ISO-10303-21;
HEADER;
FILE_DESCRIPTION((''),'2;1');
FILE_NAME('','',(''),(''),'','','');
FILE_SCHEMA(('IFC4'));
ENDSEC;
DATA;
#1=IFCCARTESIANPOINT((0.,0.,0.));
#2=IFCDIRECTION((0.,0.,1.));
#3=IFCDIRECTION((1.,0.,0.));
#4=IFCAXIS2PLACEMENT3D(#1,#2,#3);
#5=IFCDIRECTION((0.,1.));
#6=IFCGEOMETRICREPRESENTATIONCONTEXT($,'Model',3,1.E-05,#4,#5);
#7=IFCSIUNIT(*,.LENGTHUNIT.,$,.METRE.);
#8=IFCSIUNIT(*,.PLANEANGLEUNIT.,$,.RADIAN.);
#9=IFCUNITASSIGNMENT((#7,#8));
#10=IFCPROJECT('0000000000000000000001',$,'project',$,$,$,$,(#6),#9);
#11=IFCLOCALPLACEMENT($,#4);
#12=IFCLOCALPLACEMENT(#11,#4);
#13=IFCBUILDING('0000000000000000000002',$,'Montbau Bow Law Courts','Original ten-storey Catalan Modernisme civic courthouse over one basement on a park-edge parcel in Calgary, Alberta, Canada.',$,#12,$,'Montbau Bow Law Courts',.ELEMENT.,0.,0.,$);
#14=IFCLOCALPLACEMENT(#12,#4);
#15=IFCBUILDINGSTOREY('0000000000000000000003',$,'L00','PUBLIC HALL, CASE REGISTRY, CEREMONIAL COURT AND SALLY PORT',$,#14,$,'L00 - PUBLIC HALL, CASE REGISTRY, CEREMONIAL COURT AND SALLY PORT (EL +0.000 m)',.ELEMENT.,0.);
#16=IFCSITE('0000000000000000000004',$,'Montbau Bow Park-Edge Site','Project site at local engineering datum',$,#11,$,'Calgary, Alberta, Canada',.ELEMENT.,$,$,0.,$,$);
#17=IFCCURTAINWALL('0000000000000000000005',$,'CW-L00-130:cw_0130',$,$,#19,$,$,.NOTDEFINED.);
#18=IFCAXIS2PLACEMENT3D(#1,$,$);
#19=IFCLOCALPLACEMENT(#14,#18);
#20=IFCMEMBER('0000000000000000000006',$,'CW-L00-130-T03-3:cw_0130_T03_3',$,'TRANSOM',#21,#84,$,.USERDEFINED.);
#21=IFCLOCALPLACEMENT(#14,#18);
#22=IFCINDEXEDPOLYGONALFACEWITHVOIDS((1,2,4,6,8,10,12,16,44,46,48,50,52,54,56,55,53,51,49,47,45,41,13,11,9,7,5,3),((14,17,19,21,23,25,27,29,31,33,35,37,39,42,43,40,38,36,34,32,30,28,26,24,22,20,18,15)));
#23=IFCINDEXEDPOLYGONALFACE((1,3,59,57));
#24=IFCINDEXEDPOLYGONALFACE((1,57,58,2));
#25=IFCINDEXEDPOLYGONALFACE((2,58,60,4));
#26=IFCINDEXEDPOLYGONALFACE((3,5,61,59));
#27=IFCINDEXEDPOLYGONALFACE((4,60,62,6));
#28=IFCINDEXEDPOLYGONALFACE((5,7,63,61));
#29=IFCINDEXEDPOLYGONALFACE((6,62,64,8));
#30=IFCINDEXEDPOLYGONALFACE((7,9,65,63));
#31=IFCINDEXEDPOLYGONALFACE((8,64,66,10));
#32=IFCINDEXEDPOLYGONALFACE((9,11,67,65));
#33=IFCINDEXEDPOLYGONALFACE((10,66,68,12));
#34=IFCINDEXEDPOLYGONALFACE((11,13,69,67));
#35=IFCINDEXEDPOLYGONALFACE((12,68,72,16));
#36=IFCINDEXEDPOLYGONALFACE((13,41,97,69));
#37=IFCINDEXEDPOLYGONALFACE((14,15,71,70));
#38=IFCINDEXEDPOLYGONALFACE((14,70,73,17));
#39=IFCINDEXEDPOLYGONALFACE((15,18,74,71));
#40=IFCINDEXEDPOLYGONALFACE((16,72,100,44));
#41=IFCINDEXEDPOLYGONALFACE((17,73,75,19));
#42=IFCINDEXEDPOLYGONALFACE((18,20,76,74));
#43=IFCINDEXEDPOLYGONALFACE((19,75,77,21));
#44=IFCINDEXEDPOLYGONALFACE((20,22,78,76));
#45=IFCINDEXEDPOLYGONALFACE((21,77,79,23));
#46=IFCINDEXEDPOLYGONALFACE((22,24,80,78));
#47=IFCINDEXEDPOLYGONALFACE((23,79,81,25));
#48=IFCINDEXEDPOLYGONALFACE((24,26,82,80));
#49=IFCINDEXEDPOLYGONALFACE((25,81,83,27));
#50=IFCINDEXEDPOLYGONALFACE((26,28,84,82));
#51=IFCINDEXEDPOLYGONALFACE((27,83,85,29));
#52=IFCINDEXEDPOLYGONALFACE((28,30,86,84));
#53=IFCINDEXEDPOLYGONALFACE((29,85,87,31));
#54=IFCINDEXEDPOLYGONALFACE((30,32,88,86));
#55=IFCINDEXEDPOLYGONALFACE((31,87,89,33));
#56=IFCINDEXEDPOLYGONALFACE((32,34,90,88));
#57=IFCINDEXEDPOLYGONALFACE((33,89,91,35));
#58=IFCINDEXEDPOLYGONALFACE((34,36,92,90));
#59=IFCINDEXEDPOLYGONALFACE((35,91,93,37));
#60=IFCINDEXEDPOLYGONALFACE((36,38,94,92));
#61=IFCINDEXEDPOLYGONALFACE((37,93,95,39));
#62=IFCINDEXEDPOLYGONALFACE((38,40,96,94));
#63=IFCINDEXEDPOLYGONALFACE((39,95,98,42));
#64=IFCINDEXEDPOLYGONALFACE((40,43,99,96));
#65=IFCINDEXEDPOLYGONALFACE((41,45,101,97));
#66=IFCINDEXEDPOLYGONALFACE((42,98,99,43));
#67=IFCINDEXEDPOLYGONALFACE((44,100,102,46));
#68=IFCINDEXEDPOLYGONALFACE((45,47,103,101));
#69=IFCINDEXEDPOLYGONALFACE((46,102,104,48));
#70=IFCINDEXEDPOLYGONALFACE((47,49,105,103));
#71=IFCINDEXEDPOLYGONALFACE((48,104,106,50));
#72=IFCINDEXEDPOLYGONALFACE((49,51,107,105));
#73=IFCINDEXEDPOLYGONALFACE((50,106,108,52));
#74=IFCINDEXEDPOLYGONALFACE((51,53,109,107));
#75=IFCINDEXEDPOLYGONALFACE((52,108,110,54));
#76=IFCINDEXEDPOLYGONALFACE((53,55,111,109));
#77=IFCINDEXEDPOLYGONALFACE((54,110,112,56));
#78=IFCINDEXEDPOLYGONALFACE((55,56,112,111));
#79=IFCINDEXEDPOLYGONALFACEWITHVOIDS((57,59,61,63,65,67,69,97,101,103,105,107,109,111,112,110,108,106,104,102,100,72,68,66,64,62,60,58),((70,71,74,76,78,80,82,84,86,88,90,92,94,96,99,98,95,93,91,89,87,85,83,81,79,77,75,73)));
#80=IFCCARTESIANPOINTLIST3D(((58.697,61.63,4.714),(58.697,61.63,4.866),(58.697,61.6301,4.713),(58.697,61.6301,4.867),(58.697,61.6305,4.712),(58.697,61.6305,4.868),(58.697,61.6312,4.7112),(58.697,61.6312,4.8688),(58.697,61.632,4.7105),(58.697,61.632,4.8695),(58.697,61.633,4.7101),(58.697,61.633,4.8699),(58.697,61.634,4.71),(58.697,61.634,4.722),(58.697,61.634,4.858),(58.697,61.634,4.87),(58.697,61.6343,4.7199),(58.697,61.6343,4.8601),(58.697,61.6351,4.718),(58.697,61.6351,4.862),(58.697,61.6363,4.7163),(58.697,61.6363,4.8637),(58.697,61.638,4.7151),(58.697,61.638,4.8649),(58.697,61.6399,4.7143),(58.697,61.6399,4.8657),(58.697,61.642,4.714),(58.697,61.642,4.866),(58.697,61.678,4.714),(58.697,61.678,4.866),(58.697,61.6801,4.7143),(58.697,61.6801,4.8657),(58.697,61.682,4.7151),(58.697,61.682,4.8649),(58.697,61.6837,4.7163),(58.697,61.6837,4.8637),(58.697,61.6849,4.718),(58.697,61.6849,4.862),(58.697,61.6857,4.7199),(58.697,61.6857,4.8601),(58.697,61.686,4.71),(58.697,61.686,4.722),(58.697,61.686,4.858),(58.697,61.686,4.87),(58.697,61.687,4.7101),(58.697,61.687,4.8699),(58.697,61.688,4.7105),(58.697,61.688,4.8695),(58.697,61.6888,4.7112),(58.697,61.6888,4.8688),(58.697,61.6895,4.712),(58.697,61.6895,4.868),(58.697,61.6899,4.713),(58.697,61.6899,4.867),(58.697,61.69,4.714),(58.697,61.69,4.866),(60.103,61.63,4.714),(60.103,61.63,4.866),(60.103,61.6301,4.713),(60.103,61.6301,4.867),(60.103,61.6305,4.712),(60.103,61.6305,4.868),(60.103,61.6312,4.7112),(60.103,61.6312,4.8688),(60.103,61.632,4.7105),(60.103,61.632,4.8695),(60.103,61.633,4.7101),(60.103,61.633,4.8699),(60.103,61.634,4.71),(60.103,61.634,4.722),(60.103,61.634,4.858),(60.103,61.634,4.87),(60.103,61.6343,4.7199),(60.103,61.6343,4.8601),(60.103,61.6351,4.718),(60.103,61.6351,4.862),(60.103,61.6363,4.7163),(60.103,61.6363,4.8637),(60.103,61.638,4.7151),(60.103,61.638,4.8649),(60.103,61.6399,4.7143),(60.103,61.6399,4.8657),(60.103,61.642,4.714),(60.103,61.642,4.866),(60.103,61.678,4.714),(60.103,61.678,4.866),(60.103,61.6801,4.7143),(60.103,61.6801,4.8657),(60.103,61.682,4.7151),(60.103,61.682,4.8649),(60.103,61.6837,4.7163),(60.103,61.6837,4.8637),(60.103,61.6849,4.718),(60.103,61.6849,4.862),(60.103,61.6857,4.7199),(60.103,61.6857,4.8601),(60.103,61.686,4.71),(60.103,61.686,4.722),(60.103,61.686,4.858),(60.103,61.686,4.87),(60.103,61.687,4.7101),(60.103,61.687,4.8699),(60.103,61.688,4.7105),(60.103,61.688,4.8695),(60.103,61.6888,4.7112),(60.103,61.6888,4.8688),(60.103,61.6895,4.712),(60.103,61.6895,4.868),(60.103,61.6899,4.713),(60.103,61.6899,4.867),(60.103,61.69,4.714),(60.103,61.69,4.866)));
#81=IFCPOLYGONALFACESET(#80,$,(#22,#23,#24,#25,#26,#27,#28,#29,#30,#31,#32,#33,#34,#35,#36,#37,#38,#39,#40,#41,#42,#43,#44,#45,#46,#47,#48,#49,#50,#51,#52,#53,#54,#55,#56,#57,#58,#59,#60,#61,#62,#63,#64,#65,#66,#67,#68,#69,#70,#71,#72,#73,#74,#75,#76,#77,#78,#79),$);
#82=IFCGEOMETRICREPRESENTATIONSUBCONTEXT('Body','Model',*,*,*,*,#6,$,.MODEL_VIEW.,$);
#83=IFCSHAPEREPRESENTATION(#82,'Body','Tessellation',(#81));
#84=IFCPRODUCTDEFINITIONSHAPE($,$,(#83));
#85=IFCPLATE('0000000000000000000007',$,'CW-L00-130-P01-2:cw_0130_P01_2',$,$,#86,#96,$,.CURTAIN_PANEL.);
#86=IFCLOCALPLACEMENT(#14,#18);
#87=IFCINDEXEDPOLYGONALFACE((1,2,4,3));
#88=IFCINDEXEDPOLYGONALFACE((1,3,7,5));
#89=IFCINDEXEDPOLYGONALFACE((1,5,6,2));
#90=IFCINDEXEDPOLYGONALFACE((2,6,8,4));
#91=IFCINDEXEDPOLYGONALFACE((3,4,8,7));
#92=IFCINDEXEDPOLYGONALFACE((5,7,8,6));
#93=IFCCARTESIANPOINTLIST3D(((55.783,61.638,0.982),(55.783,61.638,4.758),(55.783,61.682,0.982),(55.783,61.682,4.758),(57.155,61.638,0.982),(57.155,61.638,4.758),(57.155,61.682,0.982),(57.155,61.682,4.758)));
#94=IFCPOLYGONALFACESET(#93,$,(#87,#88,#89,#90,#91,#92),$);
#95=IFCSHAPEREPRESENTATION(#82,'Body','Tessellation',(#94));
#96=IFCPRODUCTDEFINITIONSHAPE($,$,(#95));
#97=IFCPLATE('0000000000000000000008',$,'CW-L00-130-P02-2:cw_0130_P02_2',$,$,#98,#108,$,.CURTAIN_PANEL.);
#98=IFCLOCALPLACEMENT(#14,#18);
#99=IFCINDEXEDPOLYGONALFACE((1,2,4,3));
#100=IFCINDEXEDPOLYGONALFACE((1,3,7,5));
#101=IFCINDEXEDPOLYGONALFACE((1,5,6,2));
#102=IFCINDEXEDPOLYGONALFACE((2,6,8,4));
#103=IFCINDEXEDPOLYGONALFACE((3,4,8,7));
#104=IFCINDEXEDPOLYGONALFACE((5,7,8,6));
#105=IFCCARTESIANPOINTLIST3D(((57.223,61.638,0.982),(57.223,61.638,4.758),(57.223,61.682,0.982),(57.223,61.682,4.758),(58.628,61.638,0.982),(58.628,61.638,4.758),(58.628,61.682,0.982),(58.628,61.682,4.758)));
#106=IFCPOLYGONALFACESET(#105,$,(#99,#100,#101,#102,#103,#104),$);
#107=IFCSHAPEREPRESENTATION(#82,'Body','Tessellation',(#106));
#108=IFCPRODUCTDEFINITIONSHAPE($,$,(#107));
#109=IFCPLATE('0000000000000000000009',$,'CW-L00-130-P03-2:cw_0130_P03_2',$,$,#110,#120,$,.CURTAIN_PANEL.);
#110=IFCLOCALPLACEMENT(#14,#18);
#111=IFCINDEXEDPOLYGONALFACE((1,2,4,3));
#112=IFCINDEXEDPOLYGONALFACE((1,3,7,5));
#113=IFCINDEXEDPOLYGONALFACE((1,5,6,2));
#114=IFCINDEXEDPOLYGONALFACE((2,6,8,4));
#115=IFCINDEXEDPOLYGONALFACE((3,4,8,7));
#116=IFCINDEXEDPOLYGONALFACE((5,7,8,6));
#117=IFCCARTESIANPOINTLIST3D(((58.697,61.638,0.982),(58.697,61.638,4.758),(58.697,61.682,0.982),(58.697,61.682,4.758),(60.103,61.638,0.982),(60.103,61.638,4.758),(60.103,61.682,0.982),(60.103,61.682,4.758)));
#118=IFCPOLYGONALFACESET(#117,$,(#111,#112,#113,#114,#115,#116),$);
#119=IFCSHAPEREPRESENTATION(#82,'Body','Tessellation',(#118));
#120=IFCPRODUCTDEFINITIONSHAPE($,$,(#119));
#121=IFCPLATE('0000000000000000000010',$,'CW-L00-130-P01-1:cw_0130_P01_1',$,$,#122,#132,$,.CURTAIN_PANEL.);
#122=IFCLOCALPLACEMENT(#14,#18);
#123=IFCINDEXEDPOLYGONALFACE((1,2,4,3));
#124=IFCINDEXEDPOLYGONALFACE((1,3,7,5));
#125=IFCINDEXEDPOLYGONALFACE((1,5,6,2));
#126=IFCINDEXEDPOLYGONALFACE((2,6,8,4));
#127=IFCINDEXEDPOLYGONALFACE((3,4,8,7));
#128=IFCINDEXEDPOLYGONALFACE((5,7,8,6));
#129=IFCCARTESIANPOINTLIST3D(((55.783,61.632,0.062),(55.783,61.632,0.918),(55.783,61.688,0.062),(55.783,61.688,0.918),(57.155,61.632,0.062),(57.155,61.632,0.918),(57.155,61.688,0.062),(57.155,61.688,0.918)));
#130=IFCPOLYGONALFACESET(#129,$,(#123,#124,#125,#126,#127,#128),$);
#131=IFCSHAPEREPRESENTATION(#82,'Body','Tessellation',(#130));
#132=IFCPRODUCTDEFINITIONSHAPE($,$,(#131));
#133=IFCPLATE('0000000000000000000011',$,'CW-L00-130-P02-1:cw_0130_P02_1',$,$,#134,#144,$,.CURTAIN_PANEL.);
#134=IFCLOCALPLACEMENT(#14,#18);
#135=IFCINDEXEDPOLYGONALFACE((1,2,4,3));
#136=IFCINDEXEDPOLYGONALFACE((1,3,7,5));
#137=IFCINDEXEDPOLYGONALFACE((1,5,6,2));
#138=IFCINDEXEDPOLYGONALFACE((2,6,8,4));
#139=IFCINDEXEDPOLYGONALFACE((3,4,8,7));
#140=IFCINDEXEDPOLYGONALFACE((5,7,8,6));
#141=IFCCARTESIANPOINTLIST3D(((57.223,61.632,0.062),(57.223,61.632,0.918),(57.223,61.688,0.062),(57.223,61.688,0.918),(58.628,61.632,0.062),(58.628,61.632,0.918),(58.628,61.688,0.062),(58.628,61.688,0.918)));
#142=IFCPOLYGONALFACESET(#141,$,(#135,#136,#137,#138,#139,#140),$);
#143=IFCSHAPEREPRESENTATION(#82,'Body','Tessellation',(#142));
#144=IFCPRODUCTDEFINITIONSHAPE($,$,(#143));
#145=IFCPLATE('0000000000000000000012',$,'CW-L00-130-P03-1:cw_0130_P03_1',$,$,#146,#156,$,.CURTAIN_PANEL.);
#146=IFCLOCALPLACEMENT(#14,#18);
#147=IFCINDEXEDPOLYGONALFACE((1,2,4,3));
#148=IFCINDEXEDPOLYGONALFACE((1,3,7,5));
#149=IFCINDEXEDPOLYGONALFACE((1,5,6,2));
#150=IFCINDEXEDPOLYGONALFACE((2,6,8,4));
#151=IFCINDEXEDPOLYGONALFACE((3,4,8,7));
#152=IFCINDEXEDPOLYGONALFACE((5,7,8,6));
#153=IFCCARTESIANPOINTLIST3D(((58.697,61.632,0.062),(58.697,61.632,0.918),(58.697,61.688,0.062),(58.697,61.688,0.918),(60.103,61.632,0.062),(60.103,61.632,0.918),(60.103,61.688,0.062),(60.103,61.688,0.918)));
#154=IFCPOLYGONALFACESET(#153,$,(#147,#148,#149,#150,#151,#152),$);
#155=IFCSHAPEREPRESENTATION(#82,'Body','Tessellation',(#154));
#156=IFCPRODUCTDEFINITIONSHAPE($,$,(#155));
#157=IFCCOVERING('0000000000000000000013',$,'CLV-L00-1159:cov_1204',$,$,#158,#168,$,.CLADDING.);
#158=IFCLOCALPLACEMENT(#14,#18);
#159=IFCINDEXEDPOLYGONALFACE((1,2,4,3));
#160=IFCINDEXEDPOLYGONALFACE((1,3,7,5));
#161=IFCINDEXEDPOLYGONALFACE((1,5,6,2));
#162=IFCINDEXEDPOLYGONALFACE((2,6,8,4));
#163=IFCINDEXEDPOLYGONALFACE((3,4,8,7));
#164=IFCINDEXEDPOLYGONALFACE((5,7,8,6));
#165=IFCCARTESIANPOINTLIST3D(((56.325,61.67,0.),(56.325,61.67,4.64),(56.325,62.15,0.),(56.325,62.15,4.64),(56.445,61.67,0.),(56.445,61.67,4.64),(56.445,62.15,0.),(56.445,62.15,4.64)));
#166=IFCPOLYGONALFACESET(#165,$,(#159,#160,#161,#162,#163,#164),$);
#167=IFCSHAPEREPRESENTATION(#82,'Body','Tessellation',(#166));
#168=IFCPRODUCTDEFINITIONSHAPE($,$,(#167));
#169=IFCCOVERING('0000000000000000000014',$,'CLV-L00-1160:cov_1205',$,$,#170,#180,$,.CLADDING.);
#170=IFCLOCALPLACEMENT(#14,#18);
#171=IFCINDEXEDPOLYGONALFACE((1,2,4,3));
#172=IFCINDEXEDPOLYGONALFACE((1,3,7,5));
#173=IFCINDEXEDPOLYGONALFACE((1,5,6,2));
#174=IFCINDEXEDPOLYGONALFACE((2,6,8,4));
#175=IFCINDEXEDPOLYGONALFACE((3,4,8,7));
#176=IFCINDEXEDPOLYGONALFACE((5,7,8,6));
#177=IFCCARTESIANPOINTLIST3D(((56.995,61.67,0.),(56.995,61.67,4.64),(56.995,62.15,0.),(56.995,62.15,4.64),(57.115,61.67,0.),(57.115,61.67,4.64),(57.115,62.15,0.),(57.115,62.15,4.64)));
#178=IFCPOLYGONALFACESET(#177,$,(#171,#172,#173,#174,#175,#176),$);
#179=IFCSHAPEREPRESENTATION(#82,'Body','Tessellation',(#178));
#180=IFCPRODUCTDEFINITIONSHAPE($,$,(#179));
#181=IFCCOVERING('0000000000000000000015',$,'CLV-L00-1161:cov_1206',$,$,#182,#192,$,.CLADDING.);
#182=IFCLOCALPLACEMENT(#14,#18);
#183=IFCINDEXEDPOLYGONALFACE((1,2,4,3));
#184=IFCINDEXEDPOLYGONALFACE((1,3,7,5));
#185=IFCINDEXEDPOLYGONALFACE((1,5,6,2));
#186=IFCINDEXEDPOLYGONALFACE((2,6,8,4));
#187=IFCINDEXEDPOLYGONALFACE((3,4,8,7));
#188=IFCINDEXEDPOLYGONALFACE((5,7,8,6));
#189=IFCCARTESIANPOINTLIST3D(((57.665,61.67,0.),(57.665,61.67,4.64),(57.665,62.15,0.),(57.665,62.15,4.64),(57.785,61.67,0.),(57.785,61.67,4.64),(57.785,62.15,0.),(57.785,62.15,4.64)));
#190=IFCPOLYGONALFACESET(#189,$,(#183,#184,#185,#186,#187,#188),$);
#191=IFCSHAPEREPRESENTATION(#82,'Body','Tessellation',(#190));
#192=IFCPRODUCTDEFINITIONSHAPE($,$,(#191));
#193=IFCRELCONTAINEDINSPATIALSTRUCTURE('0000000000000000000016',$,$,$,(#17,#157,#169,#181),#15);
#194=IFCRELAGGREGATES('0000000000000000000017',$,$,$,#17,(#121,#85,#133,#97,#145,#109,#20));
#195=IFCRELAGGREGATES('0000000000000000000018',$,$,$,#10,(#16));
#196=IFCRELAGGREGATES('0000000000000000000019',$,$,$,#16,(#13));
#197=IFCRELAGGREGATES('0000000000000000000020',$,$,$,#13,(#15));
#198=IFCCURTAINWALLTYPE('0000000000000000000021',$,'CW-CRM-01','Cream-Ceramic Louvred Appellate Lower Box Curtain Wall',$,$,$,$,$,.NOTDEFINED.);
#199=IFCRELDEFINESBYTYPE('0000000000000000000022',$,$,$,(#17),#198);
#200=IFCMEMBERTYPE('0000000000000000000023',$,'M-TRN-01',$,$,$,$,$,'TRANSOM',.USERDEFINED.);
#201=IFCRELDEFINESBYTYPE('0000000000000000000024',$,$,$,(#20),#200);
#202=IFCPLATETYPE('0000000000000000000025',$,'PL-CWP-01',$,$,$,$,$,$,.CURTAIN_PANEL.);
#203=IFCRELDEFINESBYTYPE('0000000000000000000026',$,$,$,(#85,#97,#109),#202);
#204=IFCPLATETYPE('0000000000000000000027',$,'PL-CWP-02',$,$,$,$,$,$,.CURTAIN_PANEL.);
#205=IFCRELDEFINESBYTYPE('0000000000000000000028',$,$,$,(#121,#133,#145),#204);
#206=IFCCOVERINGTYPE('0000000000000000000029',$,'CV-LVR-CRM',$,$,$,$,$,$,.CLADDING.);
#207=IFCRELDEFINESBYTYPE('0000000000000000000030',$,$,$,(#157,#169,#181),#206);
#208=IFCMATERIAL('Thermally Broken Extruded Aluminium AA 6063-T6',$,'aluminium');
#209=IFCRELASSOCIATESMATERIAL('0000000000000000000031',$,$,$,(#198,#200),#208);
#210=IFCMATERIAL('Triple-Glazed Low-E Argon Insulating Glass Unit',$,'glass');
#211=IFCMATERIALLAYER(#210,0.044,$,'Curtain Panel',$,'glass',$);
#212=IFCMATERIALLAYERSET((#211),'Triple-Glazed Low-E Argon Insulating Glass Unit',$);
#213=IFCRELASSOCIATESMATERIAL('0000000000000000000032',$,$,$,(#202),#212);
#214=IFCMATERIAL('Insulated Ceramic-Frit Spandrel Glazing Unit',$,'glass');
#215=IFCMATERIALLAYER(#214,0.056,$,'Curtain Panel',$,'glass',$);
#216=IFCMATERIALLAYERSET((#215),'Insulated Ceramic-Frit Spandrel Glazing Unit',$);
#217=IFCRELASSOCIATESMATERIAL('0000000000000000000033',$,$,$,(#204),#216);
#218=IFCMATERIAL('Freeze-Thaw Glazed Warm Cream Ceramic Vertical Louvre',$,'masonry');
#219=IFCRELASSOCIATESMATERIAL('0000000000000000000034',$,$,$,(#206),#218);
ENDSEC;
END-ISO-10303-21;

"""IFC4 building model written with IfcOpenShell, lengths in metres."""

from ifc_helpers import new_model, si_unit, direction, frame, frame_2d, origin_with_axes, origin_2d_with_axis, place, context, subcontext, project, spatial, rectangle, hollow_rectangle, extrude, material, layer, layer_set, material_profile, profile_set, type_object, element, aggregate, save


model = new_model("IFC4")

# Units and contexts
model_context = context("Model", 3, precision=1e-05, world=origin_with_axes(), true_north=direction((0.0, 1.0)))
body_context = subcontext(model_context, "Body", "Model", "MODEL_VIEW")
ifc_project = project(units=[si_unit("LENGTHUNIT", "METRE"), si_unit("PLANEANGLEUNIT", "RADIAN")], contexts=[model_context])

# Site, building, storey
site_placement = place(None, origin_with_axes())
site = spatial("IfcSite", under=ifc_project, at=site_placement, Name="Montbau Bow Park-Edge Site", Description="Project site at local engineering datum", LongName="Calgary, Alberta, Canada", CompositionType="ELEMENT", RefElevation=0.0)
building_placement = place(site_placement, origin_with_axes())
building = spatial("IfcBuilding", under=site, at=building_placement, Name="Montbau Bow Law Courts", Description="Original ten-storey Catalan Modernisme civic courthouse over one basement on a park-edge parcel in Calgary, Alberta, Canada.", LongName="Montbau Bow Law Courts", CompositionType="ELEMENT", ElevationOfRefHeight=0.0, ElevationOfTerrain=0.0)
storey_placement = place(building_placement, origin_with_axes())
storey = spatial("IfcBuildingStorey", under=building, at=storey_placement, Name="L00", Description="PUBLIC HALL, CASE REGISTRY, CEREMONIAL COURT AND SALLY PORT", LongName="L00 - PUBLIC HALL, CASE REGISTRY, CEREMONIAL COURT AND SALLY PORT (EL +0.000 m)", CompositionType="ELEMENT", Elevation=0.0)

# Curtain wall, member, plates
ifc_material_1 = material(Name="Thermally Broken Extruded Aluminium AA 6063-T6", Category="aluminium")
curtain_wall_type = type_object("IfcCurtainWallType", Name="CW-CRM-01", Description="Cream-Ceramic Louvred Appellate Lower Box Curtain Wall", PredefinedType="NOTDEFINED", material=ifc_material_1)
curtain_wall_placement = place(None, frame((55.715, 61.66, 0.0), z_axis=(0.0, 0.0, 1.0), x_axis=(1.0, 0.0, 0.0)))
curtain_wall = element("IfcCurtainWall", 1, at=curtain_wall_placement, inside=storey, type_object=curtain_wall_type, Name="CW-L00-130:cw_0130", PredefinedType="NOTDEFINED")
ifc_material_profile_1 = material_profile(ifc_material_1, hollow_rectangle(XDim=0.06, YDim=0.16, WallThickness=0.004, InnerFilletRadius=0.008, OuterFilletRadius=0.004, at=origin_2d_with_axis()), Name="CWT-160X60", Category="Main", Priority=0)
ifc_profile_set_1 = profile_set([ifc_material_profile_1], Name="Thermally Broken Extruded Aluminium AA 6063-T6")
member_type_1 = type_object("IfcMemberType", Name="M-TRN-01", ElementType="TRANSOM", PredefinedType="USERDEFINED", material=ifc_profile_set_1)
member_1_placement = place(None, frame((58.697, 61.66, 4.79), z_axis=(1.0, 0.0, 0.0), x_axis=(0.0, 1.0, 0.0)))
member_1 = element("IfcMember", 2, at=member_1_placement, type_object=member_type_1, Name="CW-L00-130-T03-3:cw_0130_T03_3", ObjectType="TRANSOM", PredefinedType="USERDEFINED", context=body_context, shape_type="SweptSolid", body=[
    extrude(hollow_rectangle(XDim=0.06, YDim=0.16, WallThickness=0.004, InnerFilletRadius=0.008, OuterFilletRadius=0.004, at=origin_2d_with_axis()), origin_with_axes(), (0.0, 0.0, 1.0), 1.406),
])
ifc_material_2 = material(Name="Triple-Glazed Low-E Argon Insulating Glass Unit", Category="glass")
ifc_layer_1 = layer(ifc_material_2, 0.044, Name="Curtain Panel", Category="glass")
ifc_layer_set_1 = layer_set([ifc_layer_1], Name="Triple-Glazed Low-E Argon Insulating Glass Unit")
plate_type_1 = type_object("IfcPlateType", Name="PL-CWP-01", PredefinedType="CURTAIN_PANEL", material=ifc_layer_set_1)
plate_1_placement = place(None, frame((55.783, 61.66, 0.982), z_axis=(0.0, -1.0, 0.0), x_axis=(1.0, 0.0, 0.0)))
plate_1 = element("IfcPlate", 3, at=plate_1_placement, type_object=plate_type_1, Name="CW-L00-130-P01-2:cw_0130_P01_2", PredefinedType="CURTAIN_PANEL", context=body_context, shape_type="SweptSolid", body=[
    extrude(rectangle(XDim=1.372, YDim=3.776, at=frame_2d((0.686, 1.888), x_axis=(1.0, 0.0))), frame((0.0, 0.0, -0.022), z_axis=(0.0, 0.0, 1.0), x_axis=(1.0, 0.0, 0.0)), (0.0, 0.0, 1.0), 0.044),
])
plate_2_placement = place(None, frame((57.223, 61.66, 0.982), z_axis=(0.0, -1.0, 0.0), x_axis=(1.0, 0.0, 0.0)))
plate_2 = element("IfcPlate", 4, at=plate_2_placement, type_object=plate_type_1, Name="CW-L00-130-P02-2:cw_0130_P02_2", PredefinedType="CURTAIN_PANEL", context=body_context, shape_type="SweptSolid", body=[
    extrude(rectangle(XDim=1.405, YDim=3.776, at=frame_2d((0.7025, 1.888), x_axis=(1.0, 0.0))), frame((0.0, 0.0, -0.022), z_axis=(0.0, 0.0, 1.0), x_axis=(1.0, 0.0, 0.0)), (0.0, 0.0, 1.0), 0.044),
])
plate_3_placement = place(None, frame((58.697, 61.66, 0.982), z_axis=(0.0, -1.0, 0.0), x_axis=(1.0, 0.0, 0.0)))
plate_3 = element("IfcPlate", 5, at=plate_3_placement, type_object=plate_type_1, Name="CW-L00-130-P03-2:cw_0130_P03_2", PredefinedType="CURTAIN_PANEL", context=body_context, shape_type="SweptSolid", body=[
    extrude(rectangle(XDim=1.406, YDim=3.776, at=frame_2d((0.703, 1.888), x_axis=(1.0, 0.0))), frame((0.0, 0.0, -0.022), z_axis=(0.0, 0.0, 1.0), x_axis=(1.0, 0.0, 0.0)), (0.0, 0.0, 1.0), 0.044),
])
ifc_material_3 = material(Name="Insulated Ceramic-Frit Spandrel Glazing Unit", Category="glass")
ifc_layer_2 = layer(ifc_material_3, 0.056, Name="Curtain Panel", Category="glass")
ifc_layer_set_2 = layer_set([ifc_layer_2], Name="Insulated Ceramic-Frit Spandrel Glazing Unit")
plate_type_2 = type_object("IfcPlateType", Name="PL-CWP-02", PredefinedType="CURTAIN_PANEL", material=ifc_layer_set_2)
plate_4_placement = place(None, frame((55.783, 61.66, 0.062), z_axis=(0.0, -1.0, 0.0), x_axis=(1.0, 0.0, 0.0)))
plate_4 = element("IfcPlate", 6, at=plate_4_placement, type_object=plate_type_2, Name="CW-L00-130-P01-1:cw_0130_P01_1", PredefinedType="CURTAIN_PANEL", context=body_context, shape_type="SweptSolid", body=[
    extrude(rectangle(XDim=1.372, YDim=0.856, at=frame_2d((0.686, 0.428), x_axis=(1.0, 0.0))), frame((0.0, 0.0, -0.028), z_axis=(0.0, 0.0, 1.0), x_axis=(1.0, 0.0, 0.0)), (0.0, 0.0, 1.0), 0.056),
])
plate_5_placement = place(None, frame((57.223, 61.66, 0.062), z_axis=(0.0, -1.0, 0.0), x_axis=(1.0, 0.0, 0.0)))
plate_5 = element("IfcPlate", 7, at=plate_5_placement, type_object=plate_type_2, Name="CW-L00-130-P02-1:cw_0130_P02_1", PredefinedType="CURTAIN_PANEL", context=body_context, shape_type="SweptSolid", body=[
    extrude(rectangle(XDim=1.405, YDim=0.856, at=frame_2d((0.7025, 0.428), x_axis=(1.0, 0.0))), frame((0.0, 0.0, -0.028), z_axis=(0.0, 0.0, 1.0), x_axis=(1.0, 0.0, 0.0)), (0.0, 0.0, 1.0), 0.056),
])
plate_6_placement = place(None, frame((58.697, 61.66, 0.062), z_axis=(0.0, -1.0, 0.0), x_axis=(1.0, 0.0, 0.0)))
plate_6 = element("IfcPlate", 8, at=plate_6_placement, type_object=plate_type_2, Name="CW-L00-130-P03-1:cw_0130_P03_1", PredefinedType="CURTAIN_PANEL", context=body_context, shape_type="SweptSolid", body=[
    extrude(rectangle(XDim=1.406, YDim=0.856, at=frame_2d((0.703, 0.428), x_axis=(1.0, 0.0))), frame((0.0, 0.0, -0.028), z_axis=(0.0, 0.0, 1.0), x_axis=(1.0, 0.0, 0.0)), (0.0, 0.0, 1.0), 0.056),
])
aggregate(curtain_wall, [plate_4, plate_1, plate_5, plate_2, plate_6, plate_3, member_1])

# Coverings
ifc_material_4 = material(Name="Freeze-Thaw Glazed Warm Cream Ceramic Vertical Louvre", Category="masonry")
covering_type = type_object("IfcCoveringType", Name="CV-LVR-CRM", PredefinedType="CLADDING", material=ifc_material_4)
for number, where, z_axis, x_axis, name in (
    (9, (56.385, 61.67, 0.0), (1.0, 0.0, 0.0), (0.0, 1.0, 0.0), "CLV-L00-1159:cov_1204"),
    (10, (57.055, 61.67, 0.0), (1.0, 0.0, 0.0), (0.0, 1.0, 0.0), "CLV-L00-1160:cov_1205"),
    (11, (57.725, 61.67, 0.0), (1.0, 0.0, 0.0), (0.0, 1.0, 0.0), "CLV-L00-1161:cov_1206"),
):
    element("IfcCovering", number, at=place(None, frame(where, z_axis=z_axis, x_axis=x_axis)), inside=storey, type_object=covering_type, Name=name, PredefinedType="CLADDING", context=body_context, shape_type="SweptSolid", body=[
        extrude(rectangle(XDim=0.48, YDim=4.64, at=frame_2d((0.24, 2.32), x_axis=(1.0, 0.0))), frame((0.0, 0.0, -0.06), z_axis=(0.0, 0.0, 1.0), x_axis=(1.0, 0.0, 0.0)), (0.0, 0.0, 1.0), 0.12),
    ])

save(model, "model.ifc")
